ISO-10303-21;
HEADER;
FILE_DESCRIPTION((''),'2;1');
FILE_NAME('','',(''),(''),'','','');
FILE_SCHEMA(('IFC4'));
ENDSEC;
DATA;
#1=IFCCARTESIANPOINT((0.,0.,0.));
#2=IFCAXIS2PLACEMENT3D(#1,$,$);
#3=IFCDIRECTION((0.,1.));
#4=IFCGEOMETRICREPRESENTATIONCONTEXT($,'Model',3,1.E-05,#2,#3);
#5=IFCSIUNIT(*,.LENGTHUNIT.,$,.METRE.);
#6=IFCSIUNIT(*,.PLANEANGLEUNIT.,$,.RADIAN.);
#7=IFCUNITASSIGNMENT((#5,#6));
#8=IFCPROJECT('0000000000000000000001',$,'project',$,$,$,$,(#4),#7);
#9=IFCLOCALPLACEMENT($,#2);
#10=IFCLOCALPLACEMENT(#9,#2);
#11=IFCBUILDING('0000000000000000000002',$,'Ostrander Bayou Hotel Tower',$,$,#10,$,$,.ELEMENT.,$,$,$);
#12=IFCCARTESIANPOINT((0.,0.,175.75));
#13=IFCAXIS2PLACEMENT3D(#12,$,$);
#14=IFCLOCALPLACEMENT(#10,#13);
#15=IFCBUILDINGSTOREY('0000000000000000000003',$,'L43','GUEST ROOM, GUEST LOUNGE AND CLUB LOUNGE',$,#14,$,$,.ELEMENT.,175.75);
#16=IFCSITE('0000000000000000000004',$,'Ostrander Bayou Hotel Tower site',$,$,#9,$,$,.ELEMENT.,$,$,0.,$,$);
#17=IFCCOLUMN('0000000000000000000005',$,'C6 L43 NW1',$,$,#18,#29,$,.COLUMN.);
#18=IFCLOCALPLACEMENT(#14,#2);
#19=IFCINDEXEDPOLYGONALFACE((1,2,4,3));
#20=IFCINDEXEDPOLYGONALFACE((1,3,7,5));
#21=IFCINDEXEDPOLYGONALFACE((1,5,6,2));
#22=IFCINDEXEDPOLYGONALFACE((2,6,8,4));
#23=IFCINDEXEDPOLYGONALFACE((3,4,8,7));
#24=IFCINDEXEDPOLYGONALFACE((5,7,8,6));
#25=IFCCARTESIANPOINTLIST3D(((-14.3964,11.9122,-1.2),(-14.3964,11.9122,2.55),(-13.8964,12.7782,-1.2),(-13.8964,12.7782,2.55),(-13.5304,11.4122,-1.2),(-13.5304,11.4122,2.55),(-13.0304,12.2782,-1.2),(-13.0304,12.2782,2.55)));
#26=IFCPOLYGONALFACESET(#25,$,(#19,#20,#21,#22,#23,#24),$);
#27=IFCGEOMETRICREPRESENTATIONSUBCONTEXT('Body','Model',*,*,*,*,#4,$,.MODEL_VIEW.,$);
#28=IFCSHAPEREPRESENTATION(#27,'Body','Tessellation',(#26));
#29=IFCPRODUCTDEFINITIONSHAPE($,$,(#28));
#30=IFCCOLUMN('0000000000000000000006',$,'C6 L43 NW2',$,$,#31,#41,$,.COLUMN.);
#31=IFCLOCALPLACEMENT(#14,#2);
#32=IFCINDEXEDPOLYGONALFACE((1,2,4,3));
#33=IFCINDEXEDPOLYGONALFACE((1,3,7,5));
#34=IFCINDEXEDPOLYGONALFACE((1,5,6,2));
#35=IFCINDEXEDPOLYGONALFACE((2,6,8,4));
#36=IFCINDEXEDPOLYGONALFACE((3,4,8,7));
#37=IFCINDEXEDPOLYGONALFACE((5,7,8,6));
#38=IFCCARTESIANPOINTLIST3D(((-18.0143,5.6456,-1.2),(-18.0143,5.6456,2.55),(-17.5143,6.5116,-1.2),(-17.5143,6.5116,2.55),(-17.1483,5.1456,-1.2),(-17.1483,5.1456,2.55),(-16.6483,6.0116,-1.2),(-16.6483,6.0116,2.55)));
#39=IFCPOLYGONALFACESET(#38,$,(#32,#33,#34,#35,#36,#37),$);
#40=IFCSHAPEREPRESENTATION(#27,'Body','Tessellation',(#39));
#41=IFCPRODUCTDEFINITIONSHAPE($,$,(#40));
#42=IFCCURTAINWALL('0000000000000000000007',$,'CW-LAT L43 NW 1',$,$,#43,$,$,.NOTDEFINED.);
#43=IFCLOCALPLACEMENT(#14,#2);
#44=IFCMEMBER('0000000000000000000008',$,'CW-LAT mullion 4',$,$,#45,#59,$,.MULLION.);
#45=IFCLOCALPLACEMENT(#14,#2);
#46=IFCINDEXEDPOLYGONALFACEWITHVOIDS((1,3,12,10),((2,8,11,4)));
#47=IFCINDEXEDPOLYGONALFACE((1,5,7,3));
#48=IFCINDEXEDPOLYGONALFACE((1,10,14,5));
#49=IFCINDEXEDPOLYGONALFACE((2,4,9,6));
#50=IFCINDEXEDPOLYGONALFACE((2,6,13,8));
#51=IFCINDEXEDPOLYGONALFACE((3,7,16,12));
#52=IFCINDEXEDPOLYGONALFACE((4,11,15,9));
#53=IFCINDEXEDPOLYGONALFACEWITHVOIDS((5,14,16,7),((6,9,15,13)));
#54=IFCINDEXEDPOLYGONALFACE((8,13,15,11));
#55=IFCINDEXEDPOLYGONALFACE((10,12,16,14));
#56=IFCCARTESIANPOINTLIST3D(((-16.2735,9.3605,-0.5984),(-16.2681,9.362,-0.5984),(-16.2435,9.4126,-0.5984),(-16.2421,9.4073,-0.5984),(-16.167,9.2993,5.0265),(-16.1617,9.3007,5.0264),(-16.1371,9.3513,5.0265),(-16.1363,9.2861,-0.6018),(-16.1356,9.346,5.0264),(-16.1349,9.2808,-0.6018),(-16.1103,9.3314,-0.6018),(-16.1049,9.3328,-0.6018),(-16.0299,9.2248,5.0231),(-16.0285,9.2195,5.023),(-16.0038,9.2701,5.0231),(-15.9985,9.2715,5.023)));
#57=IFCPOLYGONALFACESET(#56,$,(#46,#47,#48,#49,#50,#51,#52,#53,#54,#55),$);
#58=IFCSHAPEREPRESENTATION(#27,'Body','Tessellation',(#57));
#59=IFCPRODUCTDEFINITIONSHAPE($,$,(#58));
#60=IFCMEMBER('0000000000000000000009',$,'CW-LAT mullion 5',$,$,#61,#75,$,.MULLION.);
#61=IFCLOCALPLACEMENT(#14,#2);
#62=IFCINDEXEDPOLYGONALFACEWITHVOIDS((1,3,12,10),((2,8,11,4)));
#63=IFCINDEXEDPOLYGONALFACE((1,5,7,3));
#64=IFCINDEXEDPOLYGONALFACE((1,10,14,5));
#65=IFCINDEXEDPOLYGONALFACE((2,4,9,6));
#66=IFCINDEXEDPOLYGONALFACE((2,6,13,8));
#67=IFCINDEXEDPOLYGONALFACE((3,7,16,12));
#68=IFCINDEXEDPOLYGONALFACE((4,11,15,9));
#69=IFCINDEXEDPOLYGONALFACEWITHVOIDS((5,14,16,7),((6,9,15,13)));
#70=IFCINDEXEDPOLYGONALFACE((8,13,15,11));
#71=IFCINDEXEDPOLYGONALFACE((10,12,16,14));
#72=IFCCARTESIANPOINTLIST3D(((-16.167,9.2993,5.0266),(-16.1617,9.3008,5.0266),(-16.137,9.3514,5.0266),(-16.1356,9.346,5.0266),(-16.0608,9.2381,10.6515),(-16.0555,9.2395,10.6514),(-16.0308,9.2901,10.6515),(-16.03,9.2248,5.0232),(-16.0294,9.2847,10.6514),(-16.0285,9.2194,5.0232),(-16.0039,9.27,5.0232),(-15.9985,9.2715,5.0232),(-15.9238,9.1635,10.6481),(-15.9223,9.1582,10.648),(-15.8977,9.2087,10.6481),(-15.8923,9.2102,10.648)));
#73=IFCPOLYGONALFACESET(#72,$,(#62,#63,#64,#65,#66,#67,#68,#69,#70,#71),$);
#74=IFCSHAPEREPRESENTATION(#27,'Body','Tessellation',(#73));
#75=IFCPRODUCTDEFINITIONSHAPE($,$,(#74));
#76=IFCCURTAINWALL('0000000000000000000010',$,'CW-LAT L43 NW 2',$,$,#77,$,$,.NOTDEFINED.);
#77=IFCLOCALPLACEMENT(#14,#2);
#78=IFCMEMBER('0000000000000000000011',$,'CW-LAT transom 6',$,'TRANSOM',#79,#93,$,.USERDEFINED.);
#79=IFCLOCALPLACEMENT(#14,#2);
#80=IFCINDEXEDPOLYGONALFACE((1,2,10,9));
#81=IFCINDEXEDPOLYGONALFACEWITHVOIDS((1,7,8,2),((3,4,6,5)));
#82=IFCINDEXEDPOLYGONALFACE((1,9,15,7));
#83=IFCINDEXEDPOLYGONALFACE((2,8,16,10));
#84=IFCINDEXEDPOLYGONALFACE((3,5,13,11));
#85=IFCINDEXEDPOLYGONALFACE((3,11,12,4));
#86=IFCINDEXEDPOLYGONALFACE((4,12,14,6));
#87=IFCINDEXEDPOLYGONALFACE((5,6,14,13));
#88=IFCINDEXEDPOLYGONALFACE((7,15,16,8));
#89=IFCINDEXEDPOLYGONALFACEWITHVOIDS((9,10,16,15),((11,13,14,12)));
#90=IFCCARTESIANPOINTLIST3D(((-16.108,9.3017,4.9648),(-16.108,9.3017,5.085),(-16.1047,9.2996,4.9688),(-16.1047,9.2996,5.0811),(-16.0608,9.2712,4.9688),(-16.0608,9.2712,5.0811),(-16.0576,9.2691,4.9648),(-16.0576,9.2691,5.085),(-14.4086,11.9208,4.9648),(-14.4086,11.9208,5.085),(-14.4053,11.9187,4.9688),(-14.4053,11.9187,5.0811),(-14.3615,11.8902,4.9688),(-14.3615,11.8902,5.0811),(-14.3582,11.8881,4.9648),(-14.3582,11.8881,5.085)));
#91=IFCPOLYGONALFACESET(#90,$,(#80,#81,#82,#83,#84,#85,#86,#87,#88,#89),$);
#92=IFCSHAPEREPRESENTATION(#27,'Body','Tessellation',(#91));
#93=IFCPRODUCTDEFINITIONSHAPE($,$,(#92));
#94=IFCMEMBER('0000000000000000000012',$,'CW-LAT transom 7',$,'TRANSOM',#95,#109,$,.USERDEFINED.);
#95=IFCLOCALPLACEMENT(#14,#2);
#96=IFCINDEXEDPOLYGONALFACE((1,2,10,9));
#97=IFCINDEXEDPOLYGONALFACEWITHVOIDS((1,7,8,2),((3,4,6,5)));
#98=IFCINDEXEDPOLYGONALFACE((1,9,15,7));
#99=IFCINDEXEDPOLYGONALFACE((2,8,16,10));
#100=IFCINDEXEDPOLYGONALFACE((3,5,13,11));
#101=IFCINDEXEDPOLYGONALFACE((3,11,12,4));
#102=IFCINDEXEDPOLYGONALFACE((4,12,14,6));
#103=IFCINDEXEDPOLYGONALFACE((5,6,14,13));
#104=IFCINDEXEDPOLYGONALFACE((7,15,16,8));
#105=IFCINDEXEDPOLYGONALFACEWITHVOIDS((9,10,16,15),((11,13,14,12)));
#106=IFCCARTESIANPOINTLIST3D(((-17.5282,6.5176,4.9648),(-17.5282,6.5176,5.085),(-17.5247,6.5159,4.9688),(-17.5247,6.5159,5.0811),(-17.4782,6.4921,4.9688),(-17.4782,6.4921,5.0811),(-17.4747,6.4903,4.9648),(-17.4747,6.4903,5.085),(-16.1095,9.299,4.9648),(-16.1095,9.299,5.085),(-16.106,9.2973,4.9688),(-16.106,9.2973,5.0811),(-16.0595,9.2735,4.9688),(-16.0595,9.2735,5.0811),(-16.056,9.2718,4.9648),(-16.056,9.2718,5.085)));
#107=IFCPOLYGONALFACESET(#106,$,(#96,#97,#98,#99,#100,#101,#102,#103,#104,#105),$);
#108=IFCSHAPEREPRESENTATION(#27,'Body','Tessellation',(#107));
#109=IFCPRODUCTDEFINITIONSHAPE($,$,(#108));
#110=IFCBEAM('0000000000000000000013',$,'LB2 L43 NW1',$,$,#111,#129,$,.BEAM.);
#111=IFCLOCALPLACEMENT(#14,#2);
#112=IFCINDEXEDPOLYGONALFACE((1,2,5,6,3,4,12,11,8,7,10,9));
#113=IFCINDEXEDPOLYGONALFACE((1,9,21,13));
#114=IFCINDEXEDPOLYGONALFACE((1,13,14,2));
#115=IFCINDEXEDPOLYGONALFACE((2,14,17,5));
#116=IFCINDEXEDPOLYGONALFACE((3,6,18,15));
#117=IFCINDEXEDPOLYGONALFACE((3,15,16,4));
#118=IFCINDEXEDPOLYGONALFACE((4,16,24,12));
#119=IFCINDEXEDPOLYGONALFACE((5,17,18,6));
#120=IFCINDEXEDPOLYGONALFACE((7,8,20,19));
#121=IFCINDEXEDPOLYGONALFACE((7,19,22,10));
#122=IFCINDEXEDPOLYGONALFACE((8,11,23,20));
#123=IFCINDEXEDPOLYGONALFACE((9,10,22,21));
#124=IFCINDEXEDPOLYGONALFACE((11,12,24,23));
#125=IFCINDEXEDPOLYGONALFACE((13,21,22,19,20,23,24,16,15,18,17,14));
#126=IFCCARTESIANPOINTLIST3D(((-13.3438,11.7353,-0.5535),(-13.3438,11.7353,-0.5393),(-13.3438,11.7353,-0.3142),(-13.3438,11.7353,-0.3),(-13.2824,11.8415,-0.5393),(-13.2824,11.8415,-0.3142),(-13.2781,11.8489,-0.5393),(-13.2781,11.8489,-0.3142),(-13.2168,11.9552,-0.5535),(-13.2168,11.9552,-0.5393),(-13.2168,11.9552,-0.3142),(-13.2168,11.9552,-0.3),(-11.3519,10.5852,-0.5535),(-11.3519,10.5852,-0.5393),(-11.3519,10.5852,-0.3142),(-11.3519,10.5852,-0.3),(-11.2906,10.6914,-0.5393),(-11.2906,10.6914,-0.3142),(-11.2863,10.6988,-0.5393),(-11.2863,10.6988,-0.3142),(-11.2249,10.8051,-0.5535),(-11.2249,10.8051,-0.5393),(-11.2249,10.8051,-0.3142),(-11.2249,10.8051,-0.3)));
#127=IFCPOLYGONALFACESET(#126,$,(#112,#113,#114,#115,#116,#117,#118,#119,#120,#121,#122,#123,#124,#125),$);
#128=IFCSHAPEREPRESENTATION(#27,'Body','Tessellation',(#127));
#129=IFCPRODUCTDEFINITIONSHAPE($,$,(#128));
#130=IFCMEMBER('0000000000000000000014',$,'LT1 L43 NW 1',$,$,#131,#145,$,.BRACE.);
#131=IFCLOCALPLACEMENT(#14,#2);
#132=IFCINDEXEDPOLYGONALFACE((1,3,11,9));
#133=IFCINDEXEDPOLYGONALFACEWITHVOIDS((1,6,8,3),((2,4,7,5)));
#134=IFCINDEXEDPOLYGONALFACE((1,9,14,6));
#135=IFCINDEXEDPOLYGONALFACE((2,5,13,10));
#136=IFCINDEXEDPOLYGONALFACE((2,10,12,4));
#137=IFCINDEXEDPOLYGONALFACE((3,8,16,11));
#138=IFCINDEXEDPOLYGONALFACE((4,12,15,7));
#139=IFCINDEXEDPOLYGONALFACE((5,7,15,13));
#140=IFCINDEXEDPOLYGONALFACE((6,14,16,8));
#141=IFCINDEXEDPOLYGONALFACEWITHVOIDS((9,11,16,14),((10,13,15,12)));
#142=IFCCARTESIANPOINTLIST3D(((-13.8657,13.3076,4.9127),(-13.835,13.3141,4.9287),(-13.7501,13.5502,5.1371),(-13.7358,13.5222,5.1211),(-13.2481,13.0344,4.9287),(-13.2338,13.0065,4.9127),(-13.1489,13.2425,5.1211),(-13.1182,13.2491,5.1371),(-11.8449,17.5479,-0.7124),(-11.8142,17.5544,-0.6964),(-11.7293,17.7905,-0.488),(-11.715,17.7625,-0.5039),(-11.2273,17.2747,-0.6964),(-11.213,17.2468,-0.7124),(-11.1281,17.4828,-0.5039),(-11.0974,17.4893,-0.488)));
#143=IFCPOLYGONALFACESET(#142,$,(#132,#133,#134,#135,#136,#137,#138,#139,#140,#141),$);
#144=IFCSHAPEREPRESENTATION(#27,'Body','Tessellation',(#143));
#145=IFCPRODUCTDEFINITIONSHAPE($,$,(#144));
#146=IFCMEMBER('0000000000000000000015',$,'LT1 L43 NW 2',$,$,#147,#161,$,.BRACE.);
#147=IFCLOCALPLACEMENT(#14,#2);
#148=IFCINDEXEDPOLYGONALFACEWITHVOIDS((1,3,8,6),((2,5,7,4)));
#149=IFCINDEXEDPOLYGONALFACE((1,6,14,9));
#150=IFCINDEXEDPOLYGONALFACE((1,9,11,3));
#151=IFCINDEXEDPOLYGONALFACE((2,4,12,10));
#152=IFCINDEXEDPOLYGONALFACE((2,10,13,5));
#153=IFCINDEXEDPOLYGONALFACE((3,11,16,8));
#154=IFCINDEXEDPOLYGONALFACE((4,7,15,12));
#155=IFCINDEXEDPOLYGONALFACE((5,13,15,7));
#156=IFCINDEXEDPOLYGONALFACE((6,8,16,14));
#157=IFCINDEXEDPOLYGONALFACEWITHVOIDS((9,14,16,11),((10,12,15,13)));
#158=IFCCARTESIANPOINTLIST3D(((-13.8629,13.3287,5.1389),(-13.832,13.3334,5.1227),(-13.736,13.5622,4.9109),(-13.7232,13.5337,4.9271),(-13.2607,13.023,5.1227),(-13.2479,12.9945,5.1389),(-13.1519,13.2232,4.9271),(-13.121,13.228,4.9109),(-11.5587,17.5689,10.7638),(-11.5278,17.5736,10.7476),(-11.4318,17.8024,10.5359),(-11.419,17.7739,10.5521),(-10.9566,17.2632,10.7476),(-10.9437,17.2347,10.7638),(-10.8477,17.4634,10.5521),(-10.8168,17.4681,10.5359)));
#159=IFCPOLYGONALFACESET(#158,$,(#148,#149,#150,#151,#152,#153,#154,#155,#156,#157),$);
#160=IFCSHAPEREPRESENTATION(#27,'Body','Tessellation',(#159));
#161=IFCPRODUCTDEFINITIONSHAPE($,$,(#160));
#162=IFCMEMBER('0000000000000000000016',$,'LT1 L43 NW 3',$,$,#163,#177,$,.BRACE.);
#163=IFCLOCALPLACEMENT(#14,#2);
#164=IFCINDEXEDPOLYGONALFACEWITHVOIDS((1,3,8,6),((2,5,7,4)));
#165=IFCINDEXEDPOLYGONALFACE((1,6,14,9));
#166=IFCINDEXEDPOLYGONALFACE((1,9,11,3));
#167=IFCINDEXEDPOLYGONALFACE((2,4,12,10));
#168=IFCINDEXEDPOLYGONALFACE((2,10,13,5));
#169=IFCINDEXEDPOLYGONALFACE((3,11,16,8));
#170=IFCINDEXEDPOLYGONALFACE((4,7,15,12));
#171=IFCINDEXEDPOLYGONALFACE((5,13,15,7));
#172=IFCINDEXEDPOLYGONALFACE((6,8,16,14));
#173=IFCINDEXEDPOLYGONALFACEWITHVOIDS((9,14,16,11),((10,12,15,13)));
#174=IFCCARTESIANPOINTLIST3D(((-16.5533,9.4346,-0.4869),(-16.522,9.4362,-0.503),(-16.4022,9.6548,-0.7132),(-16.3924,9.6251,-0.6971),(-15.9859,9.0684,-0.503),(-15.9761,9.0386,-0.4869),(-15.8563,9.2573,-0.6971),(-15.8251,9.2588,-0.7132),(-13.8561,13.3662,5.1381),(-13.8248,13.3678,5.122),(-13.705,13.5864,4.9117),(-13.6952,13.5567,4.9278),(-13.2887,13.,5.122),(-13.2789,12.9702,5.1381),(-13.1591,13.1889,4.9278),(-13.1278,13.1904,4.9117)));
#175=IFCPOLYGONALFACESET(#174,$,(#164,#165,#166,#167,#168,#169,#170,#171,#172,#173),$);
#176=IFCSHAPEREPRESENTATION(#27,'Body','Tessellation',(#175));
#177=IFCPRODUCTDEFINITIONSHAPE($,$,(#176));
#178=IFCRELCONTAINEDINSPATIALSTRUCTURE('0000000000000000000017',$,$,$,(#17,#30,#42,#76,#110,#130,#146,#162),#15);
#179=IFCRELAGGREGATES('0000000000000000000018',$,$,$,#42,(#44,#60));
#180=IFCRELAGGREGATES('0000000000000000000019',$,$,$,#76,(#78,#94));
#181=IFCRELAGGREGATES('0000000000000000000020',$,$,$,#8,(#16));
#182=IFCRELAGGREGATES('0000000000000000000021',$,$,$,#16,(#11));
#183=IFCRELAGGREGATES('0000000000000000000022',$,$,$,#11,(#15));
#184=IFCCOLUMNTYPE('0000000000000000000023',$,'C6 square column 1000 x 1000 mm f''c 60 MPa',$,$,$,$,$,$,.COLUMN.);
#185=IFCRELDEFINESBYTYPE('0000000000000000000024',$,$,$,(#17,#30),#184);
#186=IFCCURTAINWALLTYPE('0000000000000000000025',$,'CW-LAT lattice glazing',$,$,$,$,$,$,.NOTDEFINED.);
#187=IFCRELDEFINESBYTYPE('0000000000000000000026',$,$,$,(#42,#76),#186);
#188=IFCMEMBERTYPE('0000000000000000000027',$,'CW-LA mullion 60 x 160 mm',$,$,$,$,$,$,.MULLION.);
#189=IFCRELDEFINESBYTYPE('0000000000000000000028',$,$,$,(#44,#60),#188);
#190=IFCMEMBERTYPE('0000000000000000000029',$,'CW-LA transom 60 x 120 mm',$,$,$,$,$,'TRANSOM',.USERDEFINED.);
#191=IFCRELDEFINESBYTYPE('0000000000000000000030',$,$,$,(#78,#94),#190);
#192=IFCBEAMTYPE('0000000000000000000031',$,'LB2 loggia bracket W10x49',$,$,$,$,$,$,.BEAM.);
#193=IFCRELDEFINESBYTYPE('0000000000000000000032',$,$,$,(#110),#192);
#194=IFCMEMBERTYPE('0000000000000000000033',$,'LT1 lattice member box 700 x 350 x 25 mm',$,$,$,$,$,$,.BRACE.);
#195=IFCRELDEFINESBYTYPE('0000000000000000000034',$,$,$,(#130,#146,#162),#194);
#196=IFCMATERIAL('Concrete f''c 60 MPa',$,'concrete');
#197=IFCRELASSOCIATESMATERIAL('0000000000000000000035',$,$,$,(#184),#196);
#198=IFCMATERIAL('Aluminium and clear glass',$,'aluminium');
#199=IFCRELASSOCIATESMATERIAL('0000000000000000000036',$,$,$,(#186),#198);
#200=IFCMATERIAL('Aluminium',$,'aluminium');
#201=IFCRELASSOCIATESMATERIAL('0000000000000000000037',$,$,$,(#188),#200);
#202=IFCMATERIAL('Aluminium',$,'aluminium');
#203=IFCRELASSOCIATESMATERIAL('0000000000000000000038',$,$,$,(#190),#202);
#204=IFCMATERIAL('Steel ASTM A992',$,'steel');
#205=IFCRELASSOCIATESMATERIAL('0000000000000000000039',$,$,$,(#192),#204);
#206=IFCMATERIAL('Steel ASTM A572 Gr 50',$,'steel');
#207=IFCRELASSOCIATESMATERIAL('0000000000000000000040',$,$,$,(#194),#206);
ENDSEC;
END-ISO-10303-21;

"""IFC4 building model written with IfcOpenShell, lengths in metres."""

from ifc_helpers import new_model, si_unit, direction, frame, origin, origin_2d, place, context, subcontext, project, spatial, rectangle, hollow_rectangle, i_section, extrude, material, material_profile, profile_set, type_object, element, aggregate, save


model = new_model("IFC4")

# Units and contexts
model_context = context("Model", 3, precision=1e-05, world=origin(), true_north=direction((0.0, 1.0)))
body_context = subcontext(model_context, "Body", "Model", "MODEL_VIEW")
ifc_project = project(units=[si_unit("LENGTHUNIT", "METRE"), si_unit("PLANEANGLEUNIT", "RADIAN")], contexts=[model_context])

# Site, building, storey
site_placement = place(None, origin())
site = spatial("IfcSite", under=ifc_project, at=site_placement, Name="Ostrander Bayou Hotel Tower site", CompositionType="ELEMENT", RefElevation=0.0)
building_placement = place(site_placement, origin())
building = spatial("IfcBuilding", under=site, at=building_placement, Name="Ostrander Bayou Hotel Tower", CompositionType="ELEMENT")
storey_placement = place(building_placement, frame((0.0, 0.0, 175.75)))
storey = spatial("IfcBuildingStorey", under=building, at=storey_placement, Name="L43", Description="GUEST ROOM, GUEST LOUNGE AND CLUB LOUNGE", CompositionType="ELEMENT", Elevation=175.75)

# Columns
ifc_material_1 = material(Name="Concrete f'c 60 MPa", Category="concrete")
ifc_material_profile_1 = material_profile(ifc_material_1, rectangle(XDim=1.0, YDim=1.0, at=origin_2d()))
ifc_profile_set_1 = profile_set([ifc_material_profile_1], Name="Concrete f'c 60 MPa")
column_type = type_object("IfcColumnType", Name="C6 square column 1000 x 1000 mm f'c 60 MPa", PredefinedType="COLUMN", material=ifc_profile_set_1)
for number, where, z_axis, x_axis, name in (
    (1, (-13.7134, 12.0952, -1.2), (0.0, 0.0, 1.0), (0.5, 0.866025, 0.0), "C6 L43 NW1"),
    (2, (-17.3313, 5.8286, -1.2), (0.0, 0.0, 1.0), (0.5, 0.866025, 0.0), "C6 L43 NW2"),
):
    element("IfcColumn", number, at=place(storey_placement, frame(where, z_axis=z_axis, x_axis=x_axis)), inside=storey, type_object=column_type, Name=name, PredefinedType="COLUMN", context=body_context, shape_type="SweptSolid", body=[
        extrude(rectangle(XDim=1.0, YDim=1.0, at=origin_2d()), origin(), (0.0, 0.0, 1.0), 3.75),
    ])

# Curtain walls, members
ifc_material_2 = material(Name="Aluminium and clear glass", Category="aluminium")
curtain_wall_type = type_object("IfcCurtainWallType", Name="CW-LAT lattice glazing", PredefinedType="NOTDEFINED", material=ifc_material_2)
curtain_wall_1_placement = place(storey_placement, origin())
curtain_wall_1 = element("IfcCurtainWall", 3, at=curtain_wall_1_placement, inside=storey, type_object=curtain_wall_type, Name="CW-LAT L43 NW 1", PredefinedType="NOTDEFINED")
ifc_material_3 = material(Name="Aluminium", Category="aluminium")
ifc_material_profile_2 = material_profile(ifc_material_3, hollow_rectangle(XDim=0.0601, YDim=0.1599, WallThickness=0.0039, at=origin_2d()))
ifc_profile_set_2 = profile_set([ifc_material_profile_2], Name="Aluminium")
member_type_1 = type_object("IfcMemberType", Name="CW-LA mullion 60 x 160 mm", PredefinedType="MULLION", material=ifc_profile_set_2)
member_1_placement = place(storey_placement, frame((-16.1892, 9.3467, -0.6001), z_axis=(0.018919, -0.010892, 0.999762), x_axis=(0.498919, 0.866649, 0.0)))
member_1 = element("IfcMember", 4, at=member_1_placement, type_object=member_type_1, Name="CW-LAT mullion 4", PredefinedType="MULLION", context=body_context, shape_type="SweptSolid", body=[
    extrude(hollow_rectangle(XDim=0.0601, YDim=0.1599, WallThickness=0.0039, at=origin_2d()), origin(), (0.0, 0.0, 1.0), 5.6262),
])
member_2_placement = place(storey_placement, frame((-16.0828, 9.2854, 5.0249), z_axis=(0.018876, -0.010892, 0.999763), x_axis=(0.49978, 0.866152, 0.0)))
member_2 = element("IfcMember", 5, at=member_2_placement, type_object=member_type_1, Name="CW-LAT mullion 5", PredefinedType="MULLION", context=body_context, shape_type="SweptSolid", body=[
    extrude(hollow_rectangle(XDim=0.0601, YDim=0.1599, WallThickness=0.0039, at=origin_2d()), origin(), (0.0, 0.0, 1.0), 5.6262),
])
curtain_wall_2_placement = place(storey_placement, origin())
curtain_wall_2 = element("IfcCurtainWall", 6, at=curtain_wall_2_placement, inside=storey, type_object=curtain_wall_type, Name="CW-LAT L43 NW 2", PredefinedType="NOTDEFINED")
ifc_material_4 = material(Name="Aluminium", Category="aluminium")
ifc_material_profile_3 = material_profile(ifc_material_4, hollow_rectangle(XDim=0.0601, YDim=0.1201, WallThickness=0.0039, at=origin_2d()))
ifc_profile_set_3 = profile_set([ifc_material_profile_3], Name="Aluminium")
member_type_2 = type_object("IfcMemberType", Name="CW-LA transom 60 x 120 mm", ElementType="TRANSOM", PredefinedType="USERDEFINED", material=ifc_profile_set_3)
member_3_placement = place(storey_placement, frame((-16.0828, 9.2854, 5.0249), z_axis=(0.544318, 0.838879, 0.0), x_axis=(-0.838879, 0.544318, 0.0)))
member_3 = element("IfcMember", 7, at=member_3_placement, type_object=member_type_2, Name="CW-LAT transom 6", ObjectType="TRANSOM", PredefinedType="USERDEFINED", context=body_context, shape_type="SweptSolid", body=[
    extrude(hollow_rectangle(XDim=0.0601, YDim=0.1201, WallThickness=0.0039, at=origin_2d()), origin(), (0.0, 0.0, 1.0), 3.1221),
])
member_4_placement = place(storey_placement, frame((-16.0828, 9.2854, 5.0249), z_axis=(-0.454361, -0.890817, 0.0), x_axis=(0.890817, -0.454361, 0.0)))
member_4 = element("IfcMember", 8, at=member_4_placement, type_object=member_type_2, Name="CW-LAT transom 7", ObjectType="TRANSOM", PredefinedType="USERDEFINED", context=body_context, shape_type="SweptSolid", body=[
    extrude(hollow_rectangle(XDim=0.0601, YDim=0.1201, WallThickness=0.0039, at=origin_2d()), origin(), (0.0, 0.0, 1.0), 3.1223),
])

# Beam
ifc_material_5 = material(Name="Steel ASTM A992", Category="steel")
ifc_material_profile_4 = material_profile(ifc_material_5, i_section(OverallWidth=0.2539, OverallDepth=0.2534, WebThickness=0.0085, FlangeThickness=0.0142, at=origin_2d()))
ifc_profile_set_4 = profile_set([ifc_material_profile_4], Name="Steel ASTM A992")
beam_type_1 = type_object("IfcBeamType", Name="LB2 loggia bracket W10x49", PredefinedType="BEAM", material=ifc_profile_set_4)
beam_1_placement = place(storey_placement, frame((-13.2803, 11.8452, -0.4268), z_axis=(0.866007, -0.500032, 0.0), x_axis=(0.500032, 0.866007, 0.0)))
element("IfcBeam", 9, at=beam_1_placement, inside=storey, type_object=beam_type_1, Name="LB2 L43 NW1", PredefinedType="BEAM", context=body_context, shape_type="SweptSolid", body=[
    extrude(i_section(OverallWidth=0.2539, OverallDepth=0.2534, WebThickness=0.0085, FlangeThickness=0.0142, at=origin_2d()), origin(), (0.0, 0.0, 1.0), 2.3),
])

# Members
ifc_material_6 = material(Name="Steel ASTM A572 Gr 50", Category="steel")
ifc_material_profile_5 = material_profile(ifc_material_6, hollow_rectangle(XDim=0.7, YDim=0.3501, WallThickness=0.0249, at=origin_2d()))
ifc_profile_set_5 = profile_set([ifc_material_profile_5], Name="Steel ASTM A572 Gr 50")
member_type_3 = type_object("IfcMemberType", Name="LT1 lattice member box 700 x 350 x 25 mm", PredefinedType="BRACE", material=ifc_profile_set_5)
member_5_placement = place(storey_placement, frame((-13.4919, 13.2783, 5.0249), z_axis=(0.275747, 0.578613, -0.767575), x_axis=(-0.902729, 0.43021, 0.0)))
element("IfcMember", 10, at=member_5_placement, inside=storey, type_object=member_type_3, Name="LT1 L43 NW 1", PredefinedType="BRACE", context=body_context, shape_type="SweptSolid", body=[
    extrude(hollow_rectangle(XDim=0.7, YDim=0.3501, WallThickness=0.0249, at=origin_2d()), origin(), (0.0, 0.0, 1.0), 7.3284),
])
member_6_placement = place(storey_placement, frame((-13.4919, 13.2783, 5.0249), z_axis=(0.310897, 0.57212, 0.758961), x_axis=(-0.878649, 0.477469, 0.0)))
element("IfcMember", 11, at=member_6_placement, inside=storey, type_object=member_type_3, Name="LT1 L43 NW 2", PredefinedType="BRACE", context=body_context, shape_type="SweptSolid", body=[
    extrude(hollow_rectangle(XDim=0.7, YDim=0.3501, WallThickness=0.0249, at=origin_2d()), origin(), (0.0, 0.0, 1.0), 7.4114),
])
member_7_placement = place(storey_placement, frame((-13.4919, 13.2783, 5.0249), z_axis=(-0.365788, -0.533187, -0.762831), x_axis=(0.824603, -0.565711, 0.0)))
element("IfcMember", 12, at=member_7_placement, inside=storey, type_object=member_type_3, Name="LT1 L43 NW 3", PredefinedType="BRACE", context=body_context, shape_type="SweptSolid", body=[
    extrude(hollow_rectangle(XDim=0.7, YDim=0.3501, WallThickness=0.0249, at=origin_2d()), origin(), (0.0, 0.0, 1.0), 7.3738),
])

aggregate(curtain_wall_1, [member_1, member_2])
aggregate(curtain_wall_2, [member_3, member_4])

save(model, "model.ifc")
